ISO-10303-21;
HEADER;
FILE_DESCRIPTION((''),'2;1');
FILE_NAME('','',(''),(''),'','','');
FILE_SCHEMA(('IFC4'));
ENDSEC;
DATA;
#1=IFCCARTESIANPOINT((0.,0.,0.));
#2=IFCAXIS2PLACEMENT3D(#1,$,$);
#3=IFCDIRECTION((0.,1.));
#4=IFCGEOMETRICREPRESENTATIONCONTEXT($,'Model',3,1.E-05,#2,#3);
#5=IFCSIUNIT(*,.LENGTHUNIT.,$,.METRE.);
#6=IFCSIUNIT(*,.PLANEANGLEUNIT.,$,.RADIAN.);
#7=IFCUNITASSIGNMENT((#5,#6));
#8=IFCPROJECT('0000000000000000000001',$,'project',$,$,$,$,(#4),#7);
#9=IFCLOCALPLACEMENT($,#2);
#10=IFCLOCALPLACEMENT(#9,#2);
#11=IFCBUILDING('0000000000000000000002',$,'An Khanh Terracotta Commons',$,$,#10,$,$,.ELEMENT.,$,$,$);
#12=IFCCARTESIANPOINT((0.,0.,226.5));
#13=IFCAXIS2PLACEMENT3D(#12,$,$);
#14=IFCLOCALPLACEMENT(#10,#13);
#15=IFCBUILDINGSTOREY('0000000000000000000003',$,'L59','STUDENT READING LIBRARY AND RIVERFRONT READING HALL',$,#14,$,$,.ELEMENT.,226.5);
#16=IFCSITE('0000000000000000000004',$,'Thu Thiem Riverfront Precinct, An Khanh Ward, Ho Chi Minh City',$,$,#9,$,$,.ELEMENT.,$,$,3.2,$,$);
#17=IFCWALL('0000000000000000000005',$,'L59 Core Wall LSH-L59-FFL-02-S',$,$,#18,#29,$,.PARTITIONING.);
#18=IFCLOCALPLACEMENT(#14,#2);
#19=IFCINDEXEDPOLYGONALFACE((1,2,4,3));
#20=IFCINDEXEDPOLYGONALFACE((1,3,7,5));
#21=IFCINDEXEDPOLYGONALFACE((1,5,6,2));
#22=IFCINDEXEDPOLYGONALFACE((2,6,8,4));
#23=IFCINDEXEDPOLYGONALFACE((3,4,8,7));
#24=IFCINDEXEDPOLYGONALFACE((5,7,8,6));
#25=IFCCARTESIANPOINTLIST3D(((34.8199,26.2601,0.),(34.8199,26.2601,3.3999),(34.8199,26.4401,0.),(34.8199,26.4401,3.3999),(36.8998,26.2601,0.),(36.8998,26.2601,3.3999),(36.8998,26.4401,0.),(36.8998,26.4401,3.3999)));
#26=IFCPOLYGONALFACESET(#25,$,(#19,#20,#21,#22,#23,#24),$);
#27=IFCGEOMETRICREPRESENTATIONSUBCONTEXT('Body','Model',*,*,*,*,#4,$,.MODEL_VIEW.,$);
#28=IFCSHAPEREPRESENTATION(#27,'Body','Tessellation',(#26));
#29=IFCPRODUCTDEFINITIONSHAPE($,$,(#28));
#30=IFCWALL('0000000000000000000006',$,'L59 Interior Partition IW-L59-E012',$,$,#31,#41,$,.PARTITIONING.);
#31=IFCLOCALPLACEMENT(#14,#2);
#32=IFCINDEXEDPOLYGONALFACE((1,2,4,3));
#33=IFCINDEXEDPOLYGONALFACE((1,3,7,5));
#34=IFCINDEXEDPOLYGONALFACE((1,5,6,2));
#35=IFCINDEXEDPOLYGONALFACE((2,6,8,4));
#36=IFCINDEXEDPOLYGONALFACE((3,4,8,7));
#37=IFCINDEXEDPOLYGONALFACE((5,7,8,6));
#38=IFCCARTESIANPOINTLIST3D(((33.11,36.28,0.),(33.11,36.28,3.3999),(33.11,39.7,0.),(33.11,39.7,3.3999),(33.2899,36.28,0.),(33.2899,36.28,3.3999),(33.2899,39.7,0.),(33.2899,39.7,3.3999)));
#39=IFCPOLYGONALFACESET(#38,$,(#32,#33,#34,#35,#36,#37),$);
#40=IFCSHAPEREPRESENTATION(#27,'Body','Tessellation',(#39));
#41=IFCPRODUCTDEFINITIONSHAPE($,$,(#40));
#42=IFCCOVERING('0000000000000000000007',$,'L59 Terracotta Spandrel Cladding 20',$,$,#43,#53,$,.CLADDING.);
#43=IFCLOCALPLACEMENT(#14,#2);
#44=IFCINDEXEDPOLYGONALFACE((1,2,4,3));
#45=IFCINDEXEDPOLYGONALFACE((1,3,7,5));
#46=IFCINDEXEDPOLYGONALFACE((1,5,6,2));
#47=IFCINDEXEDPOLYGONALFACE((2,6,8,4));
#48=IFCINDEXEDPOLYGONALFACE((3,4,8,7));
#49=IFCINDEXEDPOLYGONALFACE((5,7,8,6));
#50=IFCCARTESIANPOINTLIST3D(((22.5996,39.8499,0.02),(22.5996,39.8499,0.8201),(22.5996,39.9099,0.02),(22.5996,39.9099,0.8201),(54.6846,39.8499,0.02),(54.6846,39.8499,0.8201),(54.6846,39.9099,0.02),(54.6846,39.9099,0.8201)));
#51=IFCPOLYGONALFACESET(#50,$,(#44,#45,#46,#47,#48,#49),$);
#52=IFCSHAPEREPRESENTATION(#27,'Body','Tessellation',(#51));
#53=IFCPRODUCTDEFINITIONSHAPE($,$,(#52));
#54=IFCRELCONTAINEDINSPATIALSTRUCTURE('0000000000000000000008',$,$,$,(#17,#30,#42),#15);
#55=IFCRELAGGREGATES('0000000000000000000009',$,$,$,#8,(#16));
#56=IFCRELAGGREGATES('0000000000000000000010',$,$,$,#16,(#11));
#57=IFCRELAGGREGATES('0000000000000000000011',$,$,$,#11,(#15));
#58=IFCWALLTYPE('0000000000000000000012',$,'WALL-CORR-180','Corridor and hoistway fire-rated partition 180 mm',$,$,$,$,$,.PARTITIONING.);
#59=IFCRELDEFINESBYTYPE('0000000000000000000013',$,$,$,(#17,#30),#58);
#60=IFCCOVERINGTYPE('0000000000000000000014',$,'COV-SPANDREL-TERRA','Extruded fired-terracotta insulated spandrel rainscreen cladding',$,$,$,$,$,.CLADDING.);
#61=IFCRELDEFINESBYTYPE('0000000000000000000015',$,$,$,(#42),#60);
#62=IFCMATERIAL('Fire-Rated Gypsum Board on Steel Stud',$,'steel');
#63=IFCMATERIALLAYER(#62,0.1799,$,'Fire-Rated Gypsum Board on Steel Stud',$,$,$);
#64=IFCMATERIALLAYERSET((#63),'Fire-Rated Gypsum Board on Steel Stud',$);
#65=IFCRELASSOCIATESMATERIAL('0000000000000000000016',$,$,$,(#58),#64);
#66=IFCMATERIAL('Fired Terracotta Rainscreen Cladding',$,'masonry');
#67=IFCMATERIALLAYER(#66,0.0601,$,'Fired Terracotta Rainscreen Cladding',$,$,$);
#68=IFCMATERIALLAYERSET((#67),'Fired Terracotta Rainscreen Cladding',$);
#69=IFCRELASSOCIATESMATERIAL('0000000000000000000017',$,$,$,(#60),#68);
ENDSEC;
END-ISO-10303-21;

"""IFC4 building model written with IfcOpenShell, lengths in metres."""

from ifc_helpers import new_model, si_unit, direction, frame, frame_2d, origin, origin_2d, place, context, subcontext, project, spatial, rectangle, extrude, material, layer, layer_set, type_object, element, save


model = new_model("IFC4")

# Units and contexts
model_context = context("Model", 3, precision=1e-05, world=origin(), true_north=direction((0.0, 1.0)))
body_context = subcontext(model_context, "Body", "Model", "MODEL_VIEW")
ifc_project = project(units=[si_unit("LENGTHUNIT", "METRE"), si_unit("PLANEANGLEUNIT", "RADIAN")], contexts=[model_context])

# Site, building, storey
site_placement = place(None, origin())
site = spatial("IfcSite", under=ifc_project, at=site_placement, Name="Thu Thiem Riverfront Precinct, An Khanh Ward, Ho Chi Minh City", CompositionType="ELEMENT", RefElevation=3.2)
building_placement = place(site_placement, origin())
building = spatial("IfcBuilding", under=site, at=building_placement, Name="An Khanh Terracotta Commons", CompositionType="ELEMENT")
storey_placement = place(building_placement, frame((0.0, 0.0, 226.5)))
storey = spatial("IfcBuildingStorey", under=building, at=storey_placement, Name="L59", Description="STUDENT READING LIBRARY AND RIVERFRONT READING HALL", CompositionType="ELEMENT", Elevation=226.5)

# Shared definitions
ifc_material_1 = material(Name="Fire-Rated Gypsum Board on Steel Stud", Category="steel")
ifc_layer_1 = layer(ifc_material_1, 0.1799, Name="Fire-Rated Gypsum Board on Steel Stud")
ifc_layer_set_1 = layer_set([ifc_layer_1], Name="Fire-Rated Gypsum Board on Steel Stud")
wall_type_1 = type_object("IfcWallType", Name="WALL-CORR-180", Description="Corridor and hoistway fire-rated partition 180 mm", PredefinedType="PARTITIONING", material=ifc_layer_set_1)

# Walls
wall_1_placement = place(storey_placement, frame((36.8999, 26.3501, 0.0), z_axis=(0.0, 0.0, 1.0), x_axis=(-1.0, 0.0, 0.0)))
element("IfcWall", 1, at=wall_1_placement, inside=storey, type_object=wall_type_1, Name="L59 Core Wall LSH-L59-FFL-02-S", PredefinedType="PARTITIONING", context=body_context, shape_type="SweptSolid", body=[
    extrude(rectangle(XDim=2.0798, YDim=0.1799, at=frame_2d((1.04, 0.0))), origin(), (0.0, 0.0, 1.0), 3.3999),
])
wall_2_placement = place(storey_placement, frame((33.2, 36.28, 0.0), z_axis=(0.0, 0.0, 1.0), x_axis=(0.0, 1.0, 0.0)))
element("IfcWall", 2, at=wall_2_placement, inside=storey, type_object=wall_type_1, Name="L59 Interior Partition IW-L59-E012", PredefinedType="PARTITIONING", context=body_context, shape_type="SweptSolid", body=[
    extrude(rectangle(XDim=3.4199, YDim=0.1799, at=frame_2d((1.71, 0.0))), origin(), (0.0, 0.0, 1.0), 3.3999),
])

# Covering
ifc_material_2 = material(Name="Fired Terracotta Rainscreen Cladding", Category="masonry")
ifc_layer_2 = layer(ifc_material_2, 0.0601, Name="Fired Terracotta Rainscreen Cladding")
ifc_layer_set_2 = layer_set([ifc_layer_2], Name="Fired Terracotta Rainscreen Cladding")
covering_type = type_object("IfcCoveringType", Name="COV-SPANDREL-TERRA", Description="Extruded fired-terracotta insulated spandrel rainscreen cladding", PredefinedType="CLADDING", material=ifc_layer_set_2)
covering_placement = place(storey_placement, frame((38.6421, 39.8799, 0.02), z_axis=(0.0, 0.0, 1.0), x_axis=(-1.0, 0.0, 0.0)))
element("IfcCovering", 3, at=covering_placement, inside=storey, type_object=covering_type, Name="L59 Terracotta Spandrel Cladding 20", PredefinedType="CLADDING", context=body_context, shape_type="SweptSolid", body=[
    extrude(rectangle(XDim=32.085, YDim=0.0601, at=origin_2d()), origin(), (0.0, 0.0, 1.0), 0.8),
])

save(model, "model.ifc")
